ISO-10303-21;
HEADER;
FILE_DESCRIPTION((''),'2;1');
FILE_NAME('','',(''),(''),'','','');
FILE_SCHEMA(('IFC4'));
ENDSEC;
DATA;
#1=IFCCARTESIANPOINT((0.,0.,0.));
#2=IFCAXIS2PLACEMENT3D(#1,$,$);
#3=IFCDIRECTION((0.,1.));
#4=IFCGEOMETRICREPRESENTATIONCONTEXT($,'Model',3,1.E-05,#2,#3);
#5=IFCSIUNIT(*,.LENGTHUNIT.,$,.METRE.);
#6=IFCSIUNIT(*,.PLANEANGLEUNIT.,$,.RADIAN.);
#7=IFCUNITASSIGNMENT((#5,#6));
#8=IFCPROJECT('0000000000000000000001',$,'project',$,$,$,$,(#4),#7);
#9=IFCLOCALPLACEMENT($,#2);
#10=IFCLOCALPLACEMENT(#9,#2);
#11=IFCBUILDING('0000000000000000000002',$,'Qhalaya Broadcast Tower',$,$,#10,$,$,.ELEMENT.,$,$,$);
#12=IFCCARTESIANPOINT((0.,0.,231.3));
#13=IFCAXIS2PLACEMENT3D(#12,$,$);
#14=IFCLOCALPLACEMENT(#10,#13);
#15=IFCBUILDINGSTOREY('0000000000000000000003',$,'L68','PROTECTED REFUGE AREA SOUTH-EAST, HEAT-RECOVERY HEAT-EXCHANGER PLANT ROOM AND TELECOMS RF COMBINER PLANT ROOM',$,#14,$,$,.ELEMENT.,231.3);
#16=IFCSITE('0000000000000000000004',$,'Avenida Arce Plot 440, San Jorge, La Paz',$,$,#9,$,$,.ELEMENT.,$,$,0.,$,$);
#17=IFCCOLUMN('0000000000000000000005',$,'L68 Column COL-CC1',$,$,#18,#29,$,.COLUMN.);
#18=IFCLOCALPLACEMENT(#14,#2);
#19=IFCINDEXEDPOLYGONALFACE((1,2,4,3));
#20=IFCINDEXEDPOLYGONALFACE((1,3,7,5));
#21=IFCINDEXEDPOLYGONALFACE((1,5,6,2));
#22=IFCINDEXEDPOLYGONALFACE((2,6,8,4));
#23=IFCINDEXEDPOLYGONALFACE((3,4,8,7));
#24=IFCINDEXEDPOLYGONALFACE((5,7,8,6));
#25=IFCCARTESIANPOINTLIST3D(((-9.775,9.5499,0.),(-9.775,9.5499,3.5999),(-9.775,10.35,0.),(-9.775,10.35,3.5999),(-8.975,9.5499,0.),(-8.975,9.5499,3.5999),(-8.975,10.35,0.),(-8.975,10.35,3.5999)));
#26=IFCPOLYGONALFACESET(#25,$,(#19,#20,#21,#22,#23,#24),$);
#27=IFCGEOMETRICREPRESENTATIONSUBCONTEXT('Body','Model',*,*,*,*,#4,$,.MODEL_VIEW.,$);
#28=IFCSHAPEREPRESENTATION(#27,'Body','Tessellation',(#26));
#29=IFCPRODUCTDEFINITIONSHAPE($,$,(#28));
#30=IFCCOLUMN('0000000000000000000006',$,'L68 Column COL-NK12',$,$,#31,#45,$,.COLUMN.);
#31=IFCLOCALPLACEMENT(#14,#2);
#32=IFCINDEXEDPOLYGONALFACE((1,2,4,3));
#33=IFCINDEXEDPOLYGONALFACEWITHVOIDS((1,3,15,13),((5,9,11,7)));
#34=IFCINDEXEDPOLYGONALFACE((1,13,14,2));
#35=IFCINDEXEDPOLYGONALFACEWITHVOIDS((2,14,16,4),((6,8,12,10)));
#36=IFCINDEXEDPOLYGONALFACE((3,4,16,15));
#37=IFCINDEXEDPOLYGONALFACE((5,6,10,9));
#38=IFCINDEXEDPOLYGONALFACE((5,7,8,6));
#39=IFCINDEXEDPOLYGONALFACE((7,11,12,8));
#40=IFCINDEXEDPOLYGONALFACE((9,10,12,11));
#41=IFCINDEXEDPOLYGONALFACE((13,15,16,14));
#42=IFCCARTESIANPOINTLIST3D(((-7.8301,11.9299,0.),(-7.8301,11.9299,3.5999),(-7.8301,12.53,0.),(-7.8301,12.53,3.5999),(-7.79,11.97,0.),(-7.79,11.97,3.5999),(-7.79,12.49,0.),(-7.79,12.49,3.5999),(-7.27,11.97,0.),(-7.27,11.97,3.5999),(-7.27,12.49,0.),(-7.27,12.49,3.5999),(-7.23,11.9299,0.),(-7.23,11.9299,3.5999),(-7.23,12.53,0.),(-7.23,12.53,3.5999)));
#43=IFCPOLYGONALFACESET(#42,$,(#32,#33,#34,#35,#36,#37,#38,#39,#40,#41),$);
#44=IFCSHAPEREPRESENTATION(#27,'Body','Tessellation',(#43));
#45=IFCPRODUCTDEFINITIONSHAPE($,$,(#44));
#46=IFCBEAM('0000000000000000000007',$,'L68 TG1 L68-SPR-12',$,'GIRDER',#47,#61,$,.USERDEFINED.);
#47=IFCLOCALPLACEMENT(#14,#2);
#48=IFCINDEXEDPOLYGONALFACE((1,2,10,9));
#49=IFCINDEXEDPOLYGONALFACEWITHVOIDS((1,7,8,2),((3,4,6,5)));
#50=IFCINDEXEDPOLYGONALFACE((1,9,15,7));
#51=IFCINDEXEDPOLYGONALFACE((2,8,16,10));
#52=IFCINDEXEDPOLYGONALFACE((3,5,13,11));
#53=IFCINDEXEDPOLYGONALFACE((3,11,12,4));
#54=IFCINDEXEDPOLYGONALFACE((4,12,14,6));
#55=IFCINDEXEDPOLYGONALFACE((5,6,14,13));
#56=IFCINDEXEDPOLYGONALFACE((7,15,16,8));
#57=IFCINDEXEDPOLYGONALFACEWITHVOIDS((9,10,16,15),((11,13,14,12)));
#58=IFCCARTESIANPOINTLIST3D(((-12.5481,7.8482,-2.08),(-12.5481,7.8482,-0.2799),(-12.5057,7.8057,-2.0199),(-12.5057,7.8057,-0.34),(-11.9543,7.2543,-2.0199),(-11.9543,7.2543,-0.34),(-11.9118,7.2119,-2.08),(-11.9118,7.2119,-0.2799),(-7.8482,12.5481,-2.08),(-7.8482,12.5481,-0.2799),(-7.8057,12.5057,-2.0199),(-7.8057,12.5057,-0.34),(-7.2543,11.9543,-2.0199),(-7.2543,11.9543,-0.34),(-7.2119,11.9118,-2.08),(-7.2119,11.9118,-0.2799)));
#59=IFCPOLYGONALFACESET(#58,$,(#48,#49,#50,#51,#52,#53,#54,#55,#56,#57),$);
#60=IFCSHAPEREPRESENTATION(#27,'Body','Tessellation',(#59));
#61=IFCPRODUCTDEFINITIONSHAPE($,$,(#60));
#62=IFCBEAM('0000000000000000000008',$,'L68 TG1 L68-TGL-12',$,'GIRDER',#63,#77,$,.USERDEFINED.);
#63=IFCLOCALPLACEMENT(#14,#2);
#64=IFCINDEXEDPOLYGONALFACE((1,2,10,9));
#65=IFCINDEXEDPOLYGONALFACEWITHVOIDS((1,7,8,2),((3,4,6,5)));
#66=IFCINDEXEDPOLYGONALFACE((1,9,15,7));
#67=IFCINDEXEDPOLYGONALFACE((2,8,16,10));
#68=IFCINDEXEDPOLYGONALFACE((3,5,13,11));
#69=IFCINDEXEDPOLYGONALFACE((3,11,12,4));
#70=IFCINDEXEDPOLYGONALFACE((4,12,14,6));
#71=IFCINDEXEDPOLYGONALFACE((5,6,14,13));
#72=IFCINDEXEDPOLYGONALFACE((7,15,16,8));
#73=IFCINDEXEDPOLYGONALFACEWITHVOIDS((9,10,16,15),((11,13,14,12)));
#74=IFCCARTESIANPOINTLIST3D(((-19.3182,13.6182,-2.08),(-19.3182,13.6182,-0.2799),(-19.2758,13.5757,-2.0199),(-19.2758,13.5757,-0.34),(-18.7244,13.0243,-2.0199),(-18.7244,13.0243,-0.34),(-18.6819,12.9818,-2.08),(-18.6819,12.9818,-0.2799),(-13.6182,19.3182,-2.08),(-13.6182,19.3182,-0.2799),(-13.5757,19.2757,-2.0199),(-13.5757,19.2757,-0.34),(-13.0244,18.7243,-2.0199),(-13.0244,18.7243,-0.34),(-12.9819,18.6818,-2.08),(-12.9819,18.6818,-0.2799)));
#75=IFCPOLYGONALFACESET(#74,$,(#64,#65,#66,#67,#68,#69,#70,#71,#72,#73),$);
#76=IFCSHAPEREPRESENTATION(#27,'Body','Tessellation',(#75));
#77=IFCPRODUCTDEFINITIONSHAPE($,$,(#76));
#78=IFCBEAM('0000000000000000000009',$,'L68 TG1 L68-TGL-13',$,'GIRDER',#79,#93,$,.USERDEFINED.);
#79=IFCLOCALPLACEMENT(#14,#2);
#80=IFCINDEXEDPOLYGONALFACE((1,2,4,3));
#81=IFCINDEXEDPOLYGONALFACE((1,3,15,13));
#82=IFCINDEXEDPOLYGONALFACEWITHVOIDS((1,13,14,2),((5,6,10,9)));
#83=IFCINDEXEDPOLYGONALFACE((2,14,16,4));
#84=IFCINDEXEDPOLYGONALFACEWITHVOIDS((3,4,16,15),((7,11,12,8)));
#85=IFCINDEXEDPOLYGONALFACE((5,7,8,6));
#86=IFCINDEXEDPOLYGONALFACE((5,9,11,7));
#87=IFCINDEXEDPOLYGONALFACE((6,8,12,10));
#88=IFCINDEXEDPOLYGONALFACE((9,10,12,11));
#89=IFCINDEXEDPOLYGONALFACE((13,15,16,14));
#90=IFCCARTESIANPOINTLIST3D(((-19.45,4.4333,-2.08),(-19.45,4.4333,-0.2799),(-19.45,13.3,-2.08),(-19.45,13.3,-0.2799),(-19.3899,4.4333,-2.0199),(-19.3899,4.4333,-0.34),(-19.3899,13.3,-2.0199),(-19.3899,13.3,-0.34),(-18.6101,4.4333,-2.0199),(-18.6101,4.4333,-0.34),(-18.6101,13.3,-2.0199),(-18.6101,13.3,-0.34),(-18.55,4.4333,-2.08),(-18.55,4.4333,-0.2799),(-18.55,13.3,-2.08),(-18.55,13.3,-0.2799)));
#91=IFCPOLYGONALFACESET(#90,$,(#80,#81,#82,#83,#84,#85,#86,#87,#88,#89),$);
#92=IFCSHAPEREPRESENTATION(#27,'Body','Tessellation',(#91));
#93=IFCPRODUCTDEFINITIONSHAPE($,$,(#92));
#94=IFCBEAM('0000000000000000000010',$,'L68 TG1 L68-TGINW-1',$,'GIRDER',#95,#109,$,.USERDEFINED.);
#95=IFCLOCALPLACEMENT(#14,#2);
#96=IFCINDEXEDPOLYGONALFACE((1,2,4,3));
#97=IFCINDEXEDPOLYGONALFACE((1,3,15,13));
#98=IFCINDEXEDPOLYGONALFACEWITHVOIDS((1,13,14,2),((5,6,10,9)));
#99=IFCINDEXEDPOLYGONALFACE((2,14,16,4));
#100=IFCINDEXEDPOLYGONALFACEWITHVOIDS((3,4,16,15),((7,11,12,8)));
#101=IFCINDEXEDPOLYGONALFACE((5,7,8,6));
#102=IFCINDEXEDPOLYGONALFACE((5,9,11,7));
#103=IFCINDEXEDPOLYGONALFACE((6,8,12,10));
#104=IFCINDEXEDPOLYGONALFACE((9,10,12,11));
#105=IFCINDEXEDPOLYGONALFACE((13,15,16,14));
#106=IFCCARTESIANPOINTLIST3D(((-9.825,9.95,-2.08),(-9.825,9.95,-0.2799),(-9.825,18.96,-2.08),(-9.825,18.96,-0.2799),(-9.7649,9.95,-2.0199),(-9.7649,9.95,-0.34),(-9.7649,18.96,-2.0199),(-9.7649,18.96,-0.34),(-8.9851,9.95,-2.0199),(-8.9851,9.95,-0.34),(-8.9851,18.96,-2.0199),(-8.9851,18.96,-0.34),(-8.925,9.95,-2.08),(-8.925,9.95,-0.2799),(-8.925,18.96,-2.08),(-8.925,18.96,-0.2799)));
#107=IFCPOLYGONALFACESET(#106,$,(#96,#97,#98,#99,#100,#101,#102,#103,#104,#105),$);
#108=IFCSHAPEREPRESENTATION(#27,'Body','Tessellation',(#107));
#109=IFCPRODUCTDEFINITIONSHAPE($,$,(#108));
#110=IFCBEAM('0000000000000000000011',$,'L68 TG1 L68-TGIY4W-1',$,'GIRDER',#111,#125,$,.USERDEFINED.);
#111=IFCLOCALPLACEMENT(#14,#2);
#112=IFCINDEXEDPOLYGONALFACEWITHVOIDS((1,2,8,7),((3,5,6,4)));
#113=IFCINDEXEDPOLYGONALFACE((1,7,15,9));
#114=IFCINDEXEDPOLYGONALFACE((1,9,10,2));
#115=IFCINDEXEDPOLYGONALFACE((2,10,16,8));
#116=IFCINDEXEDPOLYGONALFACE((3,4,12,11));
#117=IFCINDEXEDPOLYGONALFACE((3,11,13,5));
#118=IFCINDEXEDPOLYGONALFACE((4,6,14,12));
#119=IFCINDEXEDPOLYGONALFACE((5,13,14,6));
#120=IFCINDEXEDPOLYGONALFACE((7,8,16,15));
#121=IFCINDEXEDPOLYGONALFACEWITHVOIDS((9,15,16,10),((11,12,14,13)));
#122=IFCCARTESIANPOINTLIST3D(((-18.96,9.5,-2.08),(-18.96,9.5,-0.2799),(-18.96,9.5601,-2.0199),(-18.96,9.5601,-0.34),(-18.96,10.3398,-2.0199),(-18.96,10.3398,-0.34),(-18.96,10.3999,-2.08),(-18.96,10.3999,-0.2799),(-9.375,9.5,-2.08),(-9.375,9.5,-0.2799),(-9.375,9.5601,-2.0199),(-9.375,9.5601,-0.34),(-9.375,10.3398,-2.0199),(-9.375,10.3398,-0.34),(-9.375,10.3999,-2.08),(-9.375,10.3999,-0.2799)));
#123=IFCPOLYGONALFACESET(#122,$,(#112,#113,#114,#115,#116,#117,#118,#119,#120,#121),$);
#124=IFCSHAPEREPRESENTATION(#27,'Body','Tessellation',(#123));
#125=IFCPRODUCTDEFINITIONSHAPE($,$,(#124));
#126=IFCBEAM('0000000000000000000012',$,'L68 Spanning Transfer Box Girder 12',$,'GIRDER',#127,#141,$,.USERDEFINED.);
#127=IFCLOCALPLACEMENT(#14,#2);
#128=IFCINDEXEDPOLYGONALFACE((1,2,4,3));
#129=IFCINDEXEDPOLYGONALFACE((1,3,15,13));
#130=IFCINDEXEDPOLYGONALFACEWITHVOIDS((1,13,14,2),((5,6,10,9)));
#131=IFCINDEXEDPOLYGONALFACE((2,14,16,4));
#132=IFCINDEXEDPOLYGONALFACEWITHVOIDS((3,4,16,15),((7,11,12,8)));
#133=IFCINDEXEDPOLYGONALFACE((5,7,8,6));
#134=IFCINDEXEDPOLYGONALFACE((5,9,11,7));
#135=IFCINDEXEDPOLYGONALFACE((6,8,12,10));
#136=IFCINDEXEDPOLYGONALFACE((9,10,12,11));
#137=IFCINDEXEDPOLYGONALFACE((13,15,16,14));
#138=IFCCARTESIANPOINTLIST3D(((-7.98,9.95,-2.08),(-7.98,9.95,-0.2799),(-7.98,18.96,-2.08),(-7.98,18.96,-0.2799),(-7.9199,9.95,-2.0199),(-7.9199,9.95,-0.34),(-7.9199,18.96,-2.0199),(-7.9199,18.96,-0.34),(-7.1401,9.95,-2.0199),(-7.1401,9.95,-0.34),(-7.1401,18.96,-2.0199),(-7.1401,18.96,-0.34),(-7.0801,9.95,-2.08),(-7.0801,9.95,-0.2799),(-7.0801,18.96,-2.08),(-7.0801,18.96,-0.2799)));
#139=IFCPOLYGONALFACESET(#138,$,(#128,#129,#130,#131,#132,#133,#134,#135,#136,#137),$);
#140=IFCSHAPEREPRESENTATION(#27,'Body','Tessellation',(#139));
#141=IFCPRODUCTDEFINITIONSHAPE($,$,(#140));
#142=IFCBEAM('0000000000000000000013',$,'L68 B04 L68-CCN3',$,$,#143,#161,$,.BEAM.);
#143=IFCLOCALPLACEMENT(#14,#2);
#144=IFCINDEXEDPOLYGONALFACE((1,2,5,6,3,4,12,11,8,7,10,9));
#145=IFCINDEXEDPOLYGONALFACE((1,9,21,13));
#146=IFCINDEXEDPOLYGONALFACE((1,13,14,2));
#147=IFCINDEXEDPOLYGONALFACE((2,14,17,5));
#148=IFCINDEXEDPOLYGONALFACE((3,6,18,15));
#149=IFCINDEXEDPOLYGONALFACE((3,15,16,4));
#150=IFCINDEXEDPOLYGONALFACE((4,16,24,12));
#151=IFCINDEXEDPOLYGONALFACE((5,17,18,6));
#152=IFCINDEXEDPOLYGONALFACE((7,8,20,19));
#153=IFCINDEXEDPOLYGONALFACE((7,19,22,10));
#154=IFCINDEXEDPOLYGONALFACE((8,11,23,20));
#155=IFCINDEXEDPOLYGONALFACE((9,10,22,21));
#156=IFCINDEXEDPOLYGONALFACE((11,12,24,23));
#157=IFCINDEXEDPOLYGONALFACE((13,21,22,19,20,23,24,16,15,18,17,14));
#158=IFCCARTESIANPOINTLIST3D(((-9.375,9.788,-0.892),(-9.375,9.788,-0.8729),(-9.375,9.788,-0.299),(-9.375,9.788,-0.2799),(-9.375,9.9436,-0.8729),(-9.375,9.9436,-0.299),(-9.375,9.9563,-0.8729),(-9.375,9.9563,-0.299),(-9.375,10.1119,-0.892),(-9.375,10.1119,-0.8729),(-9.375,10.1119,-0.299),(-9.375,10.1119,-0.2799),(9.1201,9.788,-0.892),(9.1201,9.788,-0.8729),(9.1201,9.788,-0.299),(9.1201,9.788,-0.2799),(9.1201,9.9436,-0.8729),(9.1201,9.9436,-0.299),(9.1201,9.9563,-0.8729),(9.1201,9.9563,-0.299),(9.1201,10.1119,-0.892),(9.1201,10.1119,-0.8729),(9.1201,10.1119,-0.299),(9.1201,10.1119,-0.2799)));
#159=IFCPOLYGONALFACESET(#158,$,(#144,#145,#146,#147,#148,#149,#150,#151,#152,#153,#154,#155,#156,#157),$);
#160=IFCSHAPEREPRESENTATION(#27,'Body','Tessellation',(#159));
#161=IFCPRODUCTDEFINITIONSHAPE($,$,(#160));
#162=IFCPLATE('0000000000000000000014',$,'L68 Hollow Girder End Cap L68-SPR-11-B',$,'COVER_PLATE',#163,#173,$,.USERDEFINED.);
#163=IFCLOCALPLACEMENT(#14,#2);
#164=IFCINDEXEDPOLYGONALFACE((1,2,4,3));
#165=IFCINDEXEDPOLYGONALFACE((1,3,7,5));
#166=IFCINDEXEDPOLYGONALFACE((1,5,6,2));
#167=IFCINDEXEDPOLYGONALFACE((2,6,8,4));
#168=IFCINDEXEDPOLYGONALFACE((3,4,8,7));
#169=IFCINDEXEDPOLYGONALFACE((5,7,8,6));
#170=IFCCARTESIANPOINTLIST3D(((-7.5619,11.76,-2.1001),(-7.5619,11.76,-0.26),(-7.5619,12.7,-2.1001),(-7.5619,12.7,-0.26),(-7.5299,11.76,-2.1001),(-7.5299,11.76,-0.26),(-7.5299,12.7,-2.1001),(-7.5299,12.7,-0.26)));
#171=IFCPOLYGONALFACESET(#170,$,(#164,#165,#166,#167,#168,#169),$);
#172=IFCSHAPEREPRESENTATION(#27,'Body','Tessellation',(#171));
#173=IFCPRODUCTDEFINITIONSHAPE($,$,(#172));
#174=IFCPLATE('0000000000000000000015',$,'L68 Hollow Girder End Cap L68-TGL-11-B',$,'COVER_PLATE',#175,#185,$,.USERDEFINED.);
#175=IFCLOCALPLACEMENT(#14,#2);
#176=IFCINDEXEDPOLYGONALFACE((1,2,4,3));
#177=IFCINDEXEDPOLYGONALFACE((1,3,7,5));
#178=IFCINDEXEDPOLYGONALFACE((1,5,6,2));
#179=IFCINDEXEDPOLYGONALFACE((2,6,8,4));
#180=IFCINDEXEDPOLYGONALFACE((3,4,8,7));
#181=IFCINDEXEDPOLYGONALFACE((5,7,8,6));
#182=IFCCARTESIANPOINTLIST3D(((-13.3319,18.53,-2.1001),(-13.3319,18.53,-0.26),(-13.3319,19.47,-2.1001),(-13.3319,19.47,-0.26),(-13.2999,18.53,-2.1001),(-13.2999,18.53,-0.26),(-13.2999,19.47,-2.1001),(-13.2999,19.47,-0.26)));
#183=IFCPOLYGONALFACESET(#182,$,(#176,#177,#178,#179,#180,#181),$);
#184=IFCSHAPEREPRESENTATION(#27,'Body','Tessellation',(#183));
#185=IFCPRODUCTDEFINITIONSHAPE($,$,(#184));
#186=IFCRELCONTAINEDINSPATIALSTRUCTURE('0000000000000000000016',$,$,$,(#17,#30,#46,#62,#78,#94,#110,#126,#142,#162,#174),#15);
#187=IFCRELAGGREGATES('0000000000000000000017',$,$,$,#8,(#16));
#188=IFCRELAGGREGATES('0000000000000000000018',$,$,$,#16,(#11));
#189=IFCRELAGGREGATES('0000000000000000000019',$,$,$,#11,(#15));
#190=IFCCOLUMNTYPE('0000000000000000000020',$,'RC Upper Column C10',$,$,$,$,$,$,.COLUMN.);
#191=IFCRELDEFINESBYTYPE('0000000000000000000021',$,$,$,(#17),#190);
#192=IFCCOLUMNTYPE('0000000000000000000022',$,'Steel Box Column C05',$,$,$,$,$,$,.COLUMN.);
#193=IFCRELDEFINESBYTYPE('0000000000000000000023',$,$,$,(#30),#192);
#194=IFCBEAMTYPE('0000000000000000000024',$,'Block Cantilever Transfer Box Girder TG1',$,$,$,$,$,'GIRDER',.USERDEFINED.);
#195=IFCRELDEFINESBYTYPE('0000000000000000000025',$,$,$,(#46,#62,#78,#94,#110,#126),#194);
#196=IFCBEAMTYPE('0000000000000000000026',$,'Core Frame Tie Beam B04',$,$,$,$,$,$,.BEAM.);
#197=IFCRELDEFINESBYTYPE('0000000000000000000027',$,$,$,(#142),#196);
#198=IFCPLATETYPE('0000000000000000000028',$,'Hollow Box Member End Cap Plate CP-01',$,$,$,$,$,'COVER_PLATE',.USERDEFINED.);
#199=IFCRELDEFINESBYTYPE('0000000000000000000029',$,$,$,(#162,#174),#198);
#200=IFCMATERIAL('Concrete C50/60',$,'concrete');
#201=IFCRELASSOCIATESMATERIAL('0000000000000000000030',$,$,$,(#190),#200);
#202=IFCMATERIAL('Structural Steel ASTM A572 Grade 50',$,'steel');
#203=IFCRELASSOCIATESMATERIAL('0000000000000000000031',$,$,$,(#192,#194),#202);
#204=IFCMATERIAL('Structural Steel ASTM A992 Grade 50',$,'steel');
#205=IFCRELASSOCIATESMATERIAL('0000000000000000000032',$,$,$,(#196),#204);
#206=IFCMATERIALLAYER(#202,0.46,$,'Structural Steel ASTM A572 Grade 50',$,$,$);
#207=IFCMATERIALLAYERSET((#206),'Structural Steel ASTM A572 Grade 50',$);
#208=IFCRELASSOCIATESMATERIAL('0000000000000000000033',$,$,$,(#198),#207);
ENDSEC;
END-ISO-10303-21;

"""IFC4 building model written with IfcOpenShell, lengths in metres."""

from ifc_helpers import new_model, si_unit, direction, frame, origin, origin_2d, place, context, subcontext, project, spatial, rectangle, hollow_rectangle, i_section, extrude, material, layer, layer_set, material_profile, profile_set, type_object, element, save


model = new_model("IFC4")

# Units and contexts
model_context = context("Model", 3, precision=1e-05, world=origin(), true_north=direction((0.0, 1.0)))
body_context = subcontext(model_context, "Body", "Model", "MODEL_VIEW")
ifc_project = project(units=[si_unit("LENGTHUNIT", "METRE"), si_unit("PLANEANGLEUNIT", "RADIAN")], contexts=[model_context])

# Site, building, storey
site_placement = place(None, origin())
site = spatial("IfcSite", under=ifc_project, at=site_placement, Name="Avenida Arce Plot 440, San Jorge, La Paz", CompositionType="ELEMENT", RefElevation=0.0)
building_placement = place(site_placement, origin())
building = spatial("IfcBuilding", under=site, at=building_placement, Name="Qhalaya Broadcast Tower", CompositionType="ELEMENT")
storey_placement = place(building_placement, frame((0.0, 0.0, 231.3)))
storey = spatial("IfcBuildingStorey", under=building, at=storey_placement, Name="L68", Description="PROTECTED REFUGE AREA SOUTH-EAST, HEAT-RECOVERY HEAT-EXCHANGER PLANT ROOM AND TELECOMS RF COMBINER PLANT ROOM", CompositionType="ELEMENT", Elevation=231.3)

# Columns
ifc_material_1 = material(Name="Concrete C50/60", Category="concrete")
ifc_material_profile_1 = material_profile(ifc_material_1, rectangle(XDim=0.8, YDim=0.8, at=origin_2d()), Name="RC-COL 800x800")
ifc_profile_set_1 = profile_set([ifc_material_profile_1], Name="Concrete C50/60")
column_type_1 = type_object("IfcColumnType", Name="RC Upper Column C10", PredefinedType="COLUMN", material=ifc_profile_set_1)
column_1_placement = place(storey_placement, frame((-9.375, 9.95, 0.0), z_axis=(0.0, 0.0, 1.0), x_axis=(1.0, 0.0, 0.0)))
element("IfcColumn", 1, at=column_1_placement, inside=storey, type_object=column_type_1, Name="L68 Column COL-CC1", PredefinedType="COLUMN", context=body_context, shape_type="SweptSolid", body=[
    extrude(rectangle(XDim=0.8, YDim=0.8, at=origin_2d()), origin(), (0.0, 0.0, 1.0), 3.5999),
])
ifc_material_2 = material(Name="Structural Steel ASTM A572 Grade 50", Category="steel")
ifc_material_profile_2 = material_profile(ifc_material_2, hollow_rectangle(XDim=0.6001, YDim=0.6001, WallThickness=0.04, at=origin_2d()), Name="BOX 600x600x40")
ifc_profile_set_2 = profile_set([ifc_material_profile_2], Name="Structural Steel ASTM A572 Grade 50")
column_type_2 = type_object("IfcColumnType", Name="Steel Box Column C05", PredefinedType="COLUMN", material=ifc_profile_set_2)
column_2_placement = place(storey_placement, frame((-7.53, 12.23, 0.0), z_axis=(0.0, 0.0, 1.0), x_axis=(1.0, 0.0, 0.0)))
element("IfcColumn", 2, at=column_2_placement, inside=storey, type_object=column_type_2, Name="L68 Column COL-NK12", PredefinedType="COLUMN", context=body_context, shape_type="SweptSolid", body=[
    extrude(hollow_rectangle(XDim=0.6001, YDim=0.6001, WallThickness=0.04, at=origin_2d()), origin(), (0.0, 0.0, 1.0), 3.5999),
])

# Beams
ifc_material_profile_3 = material_profile(ifc_material_2, hollow_rectangle(XDim=0.8999, YDim=1.8, WallThickness=0.0601, at=origin_2d()), Name="BOX 900x1800x60")
ifc_profile_set_3 = profile_set([ifc_material_profile_3], Name="Structural Steel ASTM A572 Grade 50")
beam_type_1 = type_object("IfcBeamType", Name="Block Cantilever Transfer Box Girder TG1", ElementType="GIRDER", PredefinedType="USERDEFINED", material=ifc_profile_set_3)
beam_1_placement = place(storey_placement, frame((-7.53, 12.23, -1.1799), z_axis=(-0.707107, -0.707107, 0.0), x_axis=(0.707107, -0.707107, 0.0)))
element("IfcBeam", 3, at=beam_1_placement, inside=storey, type_object=beam_type_1, Name="L68 TG1 L68-SPR-12", ObjectType="GIRDER", PredefinedType="USERDEFINED", context=body_context, shape_type="SweptSolid", body=[
    extrude(hollow_rectangle(XDim=0.8999, YDim=1.8, WallThickness=0.0601, at=origin_2d()), origin(), (0.0, 0.0, 1.0), 6.6467),
])
beam_2_placement = place(storey_placement, frame((-13.3, 19.0, -1.1799), z_axis=(-0.707107, -0.707107, 0.0), x_axis=(0.707107, -0.707107, 0.0)))
element("IfcBeam", 4, at=beam_2_placement, inside=storey, type_object=beam_type_1, Name="L68 TG1 L68-TGL-12", ObjectType="GIRDER", PredefinedType="USERDEFINED", context=body_context, shape_type="SweptSolid", body=[
    extrude(hollow_rectangle(XDim=0.8999, YDim=1.8, WallThickness=0.0601, at=origin_2d()), origin(), (0.0, 0.0, 1.0), 8.061),
])
beam_3_placement = place(storey_placement, frame((-19.0, 13.3, -1.1799), z_axis=(0.0, -1.0, 0.0), x_axis=(1.0, 0.0, 0.0)))
element("IfcBeam", 5, at=beam_3_placement, inside=storey, type_object=beam_type_1, Name="L68 TG1 L68-TGL-13", ObjectType="GIRDER", PredefinedType="USERDEFINED", context=body_context, shape_type="SweptSolid", body=[
    extrude(hollow_rectangle(XDim=0.8999, YDim=1.8, WallThickness=0.0601, at=origin_2d()), origin(), (0.0, 0.0, 1.0), 8.8667),
])
beam_4_placement = place(storey_placement, frame((-9.375, 9.95, -1.1799), z_axis=(0.0, 1.0, 0.0), x_axis=(-1.0, 0.0, 0.0)))
element("IfcBeam", 6, at=beam_4_placement, inside=storey, type_object=beam_type_1, Name="L68 TG1 L68-TGINW-1", ObjectType="GIRDER", PredefinedType="USERDEFINED", context=body_context, shape_type="SweptSolid", body=[
    extrude(hollow_rectangle(XDim=0.8999, YDim=1.8, WallThickness=0.0601, at=origin_2d()), origin(), (0.0, 0.0, 1.0), 9.01),
])
beam_5_placement = place(storey_placement, frame((-18.96, 9.95, -1.1799), z_axis=(1.0, 0.0, 0.0), x_axis=(0.0, 1.0, 0.0)))
element("IfcBeam", 7, at=beam_5_placement, inside=storey, type_object=beam_type_1, Name="L68 TG1 L68-TGIY4W-1", ObjectType="GIRDER", PredefinedType="USERDEFINED", context=body_context, shape_type="SweptSolid", body=[
    extrude(hollow_rectangle(XDim=0.8999, YDim=1.8, WallThickness=0.0601, at=origin_2d()), origin(), (0.0, 0.0, 1.0), 9.585),
])
beam_6_placement = place(storey_placement, frame((-7.53, 9.95, -1.1799), z_axis=(0.0, 1.0, 0.0), x_axis=(-1.0, 0.0, 0.0)))
element("IfcBeam", 8, at=beam_6_placement, inside=storey, type_object=beam_type_1, Name="L68 Spanning Transfer Box Girder 12", ObjectType="GIRDER", PredefinedType="USERDEFINED", context=body_context, shape_type="SweptSolid", body=[
    extrude(hollow_rectangle(XDim=0.8999, YDim=1.8, WallThickness=0.0601, at=origin_2d()), origin(), (0.0, 0.0, 1.0), 9.01),
])
ifc_material_3 = material(Name="Structural Steel ASTM A992 Grade 50", Category="steel")
ifc_material_profile_4 = material_profile(ifc_material_3, i_section(OverallWidth=0.324, OverallDepth=0.6121, WebThickness=0.0127, FlangeThickness=0.019, at=origin_2d()), Name="W24X104")
ifc_profile_set_4 = profile_set([ifc_material_profile_4], Name="Structural Steel ASTM A992 Grade 50")
beam_type_2 = type_object("IfcBeamType", Name="Core Frame Tie Beam B04", PredefinedType="BEAM", material=ifc_profile_set_4)
beam_7_placement = place(storey_placement, frame((-9.375, 9.95, -0.5859), z_axis=(1.0, 0.0, 0.0), x_axis=(0.0, 1.0, 0.0)))
element("IfcBeam", 9, at=beam_7_placement, inside=storey, type_object=beam_type_2, Name="L68 B04 L68-CCN3", PredefinedType="BEAM", context=body_context, shape_type="SweptSolid", body=[
    extrude(i_section(OverallWidth=0.324, OverallDepth=0.6121, WebThickness=0.0127, FlangeThickness=0.019, at=origin_2d()), origin(), (0.0, 0.0, 1.0), 18.4951),
])

# Plates
ifc_layer_1 = layer(ifc_material_2, 0.46, Name="Structural Steel ASTM A572 Grade 50")
ifc_layer_set_1 = layer_set([ifc_layer_1], Name="Structural Steel ASTM A572 Grade 50")
plate_type = type_object("IfcPlateType", Name="Hollow Box Member End Cap Plate CP-01", ElementType="COVER_PLATE", PredefinedType="USERDEFINED", material=ifc_layer_set_1)
for number, where, z_axis, x_axis, name in (
    (10, (-7.5459, 12.23, -2.1001), (0.0, 0.0, 1.0), (0.0, -1.0, 0.0), "L68 Hollow Girder End Cap L68-SPR-11-B"),
    (11, (-13.3159, 19.0, -2.1001), (0.0, 0.0, 1.0), (0.0, -1.0, 0.0), "L68 Hollow Girder End Cap L68-TGL-11-B"),
):
    element("IfcPlate", number, at=place(storey_placement, frame(where, z_axis=z_axis, x_axis=x_axis)), inside=storey, type_object=plate_type, Name=name, ObjectType="COVER_PLATE", PredefinedType="USERDEFINED", context=body_context, shape_type="SweptSolid", body=[
        extrude(rectangle(XDim=0.9399, YDim=0.032, at=origin_2d()), origin(), (0.0, 0.0, 1.0), 1.8401),
    ])

save(model, "model.ifc")
